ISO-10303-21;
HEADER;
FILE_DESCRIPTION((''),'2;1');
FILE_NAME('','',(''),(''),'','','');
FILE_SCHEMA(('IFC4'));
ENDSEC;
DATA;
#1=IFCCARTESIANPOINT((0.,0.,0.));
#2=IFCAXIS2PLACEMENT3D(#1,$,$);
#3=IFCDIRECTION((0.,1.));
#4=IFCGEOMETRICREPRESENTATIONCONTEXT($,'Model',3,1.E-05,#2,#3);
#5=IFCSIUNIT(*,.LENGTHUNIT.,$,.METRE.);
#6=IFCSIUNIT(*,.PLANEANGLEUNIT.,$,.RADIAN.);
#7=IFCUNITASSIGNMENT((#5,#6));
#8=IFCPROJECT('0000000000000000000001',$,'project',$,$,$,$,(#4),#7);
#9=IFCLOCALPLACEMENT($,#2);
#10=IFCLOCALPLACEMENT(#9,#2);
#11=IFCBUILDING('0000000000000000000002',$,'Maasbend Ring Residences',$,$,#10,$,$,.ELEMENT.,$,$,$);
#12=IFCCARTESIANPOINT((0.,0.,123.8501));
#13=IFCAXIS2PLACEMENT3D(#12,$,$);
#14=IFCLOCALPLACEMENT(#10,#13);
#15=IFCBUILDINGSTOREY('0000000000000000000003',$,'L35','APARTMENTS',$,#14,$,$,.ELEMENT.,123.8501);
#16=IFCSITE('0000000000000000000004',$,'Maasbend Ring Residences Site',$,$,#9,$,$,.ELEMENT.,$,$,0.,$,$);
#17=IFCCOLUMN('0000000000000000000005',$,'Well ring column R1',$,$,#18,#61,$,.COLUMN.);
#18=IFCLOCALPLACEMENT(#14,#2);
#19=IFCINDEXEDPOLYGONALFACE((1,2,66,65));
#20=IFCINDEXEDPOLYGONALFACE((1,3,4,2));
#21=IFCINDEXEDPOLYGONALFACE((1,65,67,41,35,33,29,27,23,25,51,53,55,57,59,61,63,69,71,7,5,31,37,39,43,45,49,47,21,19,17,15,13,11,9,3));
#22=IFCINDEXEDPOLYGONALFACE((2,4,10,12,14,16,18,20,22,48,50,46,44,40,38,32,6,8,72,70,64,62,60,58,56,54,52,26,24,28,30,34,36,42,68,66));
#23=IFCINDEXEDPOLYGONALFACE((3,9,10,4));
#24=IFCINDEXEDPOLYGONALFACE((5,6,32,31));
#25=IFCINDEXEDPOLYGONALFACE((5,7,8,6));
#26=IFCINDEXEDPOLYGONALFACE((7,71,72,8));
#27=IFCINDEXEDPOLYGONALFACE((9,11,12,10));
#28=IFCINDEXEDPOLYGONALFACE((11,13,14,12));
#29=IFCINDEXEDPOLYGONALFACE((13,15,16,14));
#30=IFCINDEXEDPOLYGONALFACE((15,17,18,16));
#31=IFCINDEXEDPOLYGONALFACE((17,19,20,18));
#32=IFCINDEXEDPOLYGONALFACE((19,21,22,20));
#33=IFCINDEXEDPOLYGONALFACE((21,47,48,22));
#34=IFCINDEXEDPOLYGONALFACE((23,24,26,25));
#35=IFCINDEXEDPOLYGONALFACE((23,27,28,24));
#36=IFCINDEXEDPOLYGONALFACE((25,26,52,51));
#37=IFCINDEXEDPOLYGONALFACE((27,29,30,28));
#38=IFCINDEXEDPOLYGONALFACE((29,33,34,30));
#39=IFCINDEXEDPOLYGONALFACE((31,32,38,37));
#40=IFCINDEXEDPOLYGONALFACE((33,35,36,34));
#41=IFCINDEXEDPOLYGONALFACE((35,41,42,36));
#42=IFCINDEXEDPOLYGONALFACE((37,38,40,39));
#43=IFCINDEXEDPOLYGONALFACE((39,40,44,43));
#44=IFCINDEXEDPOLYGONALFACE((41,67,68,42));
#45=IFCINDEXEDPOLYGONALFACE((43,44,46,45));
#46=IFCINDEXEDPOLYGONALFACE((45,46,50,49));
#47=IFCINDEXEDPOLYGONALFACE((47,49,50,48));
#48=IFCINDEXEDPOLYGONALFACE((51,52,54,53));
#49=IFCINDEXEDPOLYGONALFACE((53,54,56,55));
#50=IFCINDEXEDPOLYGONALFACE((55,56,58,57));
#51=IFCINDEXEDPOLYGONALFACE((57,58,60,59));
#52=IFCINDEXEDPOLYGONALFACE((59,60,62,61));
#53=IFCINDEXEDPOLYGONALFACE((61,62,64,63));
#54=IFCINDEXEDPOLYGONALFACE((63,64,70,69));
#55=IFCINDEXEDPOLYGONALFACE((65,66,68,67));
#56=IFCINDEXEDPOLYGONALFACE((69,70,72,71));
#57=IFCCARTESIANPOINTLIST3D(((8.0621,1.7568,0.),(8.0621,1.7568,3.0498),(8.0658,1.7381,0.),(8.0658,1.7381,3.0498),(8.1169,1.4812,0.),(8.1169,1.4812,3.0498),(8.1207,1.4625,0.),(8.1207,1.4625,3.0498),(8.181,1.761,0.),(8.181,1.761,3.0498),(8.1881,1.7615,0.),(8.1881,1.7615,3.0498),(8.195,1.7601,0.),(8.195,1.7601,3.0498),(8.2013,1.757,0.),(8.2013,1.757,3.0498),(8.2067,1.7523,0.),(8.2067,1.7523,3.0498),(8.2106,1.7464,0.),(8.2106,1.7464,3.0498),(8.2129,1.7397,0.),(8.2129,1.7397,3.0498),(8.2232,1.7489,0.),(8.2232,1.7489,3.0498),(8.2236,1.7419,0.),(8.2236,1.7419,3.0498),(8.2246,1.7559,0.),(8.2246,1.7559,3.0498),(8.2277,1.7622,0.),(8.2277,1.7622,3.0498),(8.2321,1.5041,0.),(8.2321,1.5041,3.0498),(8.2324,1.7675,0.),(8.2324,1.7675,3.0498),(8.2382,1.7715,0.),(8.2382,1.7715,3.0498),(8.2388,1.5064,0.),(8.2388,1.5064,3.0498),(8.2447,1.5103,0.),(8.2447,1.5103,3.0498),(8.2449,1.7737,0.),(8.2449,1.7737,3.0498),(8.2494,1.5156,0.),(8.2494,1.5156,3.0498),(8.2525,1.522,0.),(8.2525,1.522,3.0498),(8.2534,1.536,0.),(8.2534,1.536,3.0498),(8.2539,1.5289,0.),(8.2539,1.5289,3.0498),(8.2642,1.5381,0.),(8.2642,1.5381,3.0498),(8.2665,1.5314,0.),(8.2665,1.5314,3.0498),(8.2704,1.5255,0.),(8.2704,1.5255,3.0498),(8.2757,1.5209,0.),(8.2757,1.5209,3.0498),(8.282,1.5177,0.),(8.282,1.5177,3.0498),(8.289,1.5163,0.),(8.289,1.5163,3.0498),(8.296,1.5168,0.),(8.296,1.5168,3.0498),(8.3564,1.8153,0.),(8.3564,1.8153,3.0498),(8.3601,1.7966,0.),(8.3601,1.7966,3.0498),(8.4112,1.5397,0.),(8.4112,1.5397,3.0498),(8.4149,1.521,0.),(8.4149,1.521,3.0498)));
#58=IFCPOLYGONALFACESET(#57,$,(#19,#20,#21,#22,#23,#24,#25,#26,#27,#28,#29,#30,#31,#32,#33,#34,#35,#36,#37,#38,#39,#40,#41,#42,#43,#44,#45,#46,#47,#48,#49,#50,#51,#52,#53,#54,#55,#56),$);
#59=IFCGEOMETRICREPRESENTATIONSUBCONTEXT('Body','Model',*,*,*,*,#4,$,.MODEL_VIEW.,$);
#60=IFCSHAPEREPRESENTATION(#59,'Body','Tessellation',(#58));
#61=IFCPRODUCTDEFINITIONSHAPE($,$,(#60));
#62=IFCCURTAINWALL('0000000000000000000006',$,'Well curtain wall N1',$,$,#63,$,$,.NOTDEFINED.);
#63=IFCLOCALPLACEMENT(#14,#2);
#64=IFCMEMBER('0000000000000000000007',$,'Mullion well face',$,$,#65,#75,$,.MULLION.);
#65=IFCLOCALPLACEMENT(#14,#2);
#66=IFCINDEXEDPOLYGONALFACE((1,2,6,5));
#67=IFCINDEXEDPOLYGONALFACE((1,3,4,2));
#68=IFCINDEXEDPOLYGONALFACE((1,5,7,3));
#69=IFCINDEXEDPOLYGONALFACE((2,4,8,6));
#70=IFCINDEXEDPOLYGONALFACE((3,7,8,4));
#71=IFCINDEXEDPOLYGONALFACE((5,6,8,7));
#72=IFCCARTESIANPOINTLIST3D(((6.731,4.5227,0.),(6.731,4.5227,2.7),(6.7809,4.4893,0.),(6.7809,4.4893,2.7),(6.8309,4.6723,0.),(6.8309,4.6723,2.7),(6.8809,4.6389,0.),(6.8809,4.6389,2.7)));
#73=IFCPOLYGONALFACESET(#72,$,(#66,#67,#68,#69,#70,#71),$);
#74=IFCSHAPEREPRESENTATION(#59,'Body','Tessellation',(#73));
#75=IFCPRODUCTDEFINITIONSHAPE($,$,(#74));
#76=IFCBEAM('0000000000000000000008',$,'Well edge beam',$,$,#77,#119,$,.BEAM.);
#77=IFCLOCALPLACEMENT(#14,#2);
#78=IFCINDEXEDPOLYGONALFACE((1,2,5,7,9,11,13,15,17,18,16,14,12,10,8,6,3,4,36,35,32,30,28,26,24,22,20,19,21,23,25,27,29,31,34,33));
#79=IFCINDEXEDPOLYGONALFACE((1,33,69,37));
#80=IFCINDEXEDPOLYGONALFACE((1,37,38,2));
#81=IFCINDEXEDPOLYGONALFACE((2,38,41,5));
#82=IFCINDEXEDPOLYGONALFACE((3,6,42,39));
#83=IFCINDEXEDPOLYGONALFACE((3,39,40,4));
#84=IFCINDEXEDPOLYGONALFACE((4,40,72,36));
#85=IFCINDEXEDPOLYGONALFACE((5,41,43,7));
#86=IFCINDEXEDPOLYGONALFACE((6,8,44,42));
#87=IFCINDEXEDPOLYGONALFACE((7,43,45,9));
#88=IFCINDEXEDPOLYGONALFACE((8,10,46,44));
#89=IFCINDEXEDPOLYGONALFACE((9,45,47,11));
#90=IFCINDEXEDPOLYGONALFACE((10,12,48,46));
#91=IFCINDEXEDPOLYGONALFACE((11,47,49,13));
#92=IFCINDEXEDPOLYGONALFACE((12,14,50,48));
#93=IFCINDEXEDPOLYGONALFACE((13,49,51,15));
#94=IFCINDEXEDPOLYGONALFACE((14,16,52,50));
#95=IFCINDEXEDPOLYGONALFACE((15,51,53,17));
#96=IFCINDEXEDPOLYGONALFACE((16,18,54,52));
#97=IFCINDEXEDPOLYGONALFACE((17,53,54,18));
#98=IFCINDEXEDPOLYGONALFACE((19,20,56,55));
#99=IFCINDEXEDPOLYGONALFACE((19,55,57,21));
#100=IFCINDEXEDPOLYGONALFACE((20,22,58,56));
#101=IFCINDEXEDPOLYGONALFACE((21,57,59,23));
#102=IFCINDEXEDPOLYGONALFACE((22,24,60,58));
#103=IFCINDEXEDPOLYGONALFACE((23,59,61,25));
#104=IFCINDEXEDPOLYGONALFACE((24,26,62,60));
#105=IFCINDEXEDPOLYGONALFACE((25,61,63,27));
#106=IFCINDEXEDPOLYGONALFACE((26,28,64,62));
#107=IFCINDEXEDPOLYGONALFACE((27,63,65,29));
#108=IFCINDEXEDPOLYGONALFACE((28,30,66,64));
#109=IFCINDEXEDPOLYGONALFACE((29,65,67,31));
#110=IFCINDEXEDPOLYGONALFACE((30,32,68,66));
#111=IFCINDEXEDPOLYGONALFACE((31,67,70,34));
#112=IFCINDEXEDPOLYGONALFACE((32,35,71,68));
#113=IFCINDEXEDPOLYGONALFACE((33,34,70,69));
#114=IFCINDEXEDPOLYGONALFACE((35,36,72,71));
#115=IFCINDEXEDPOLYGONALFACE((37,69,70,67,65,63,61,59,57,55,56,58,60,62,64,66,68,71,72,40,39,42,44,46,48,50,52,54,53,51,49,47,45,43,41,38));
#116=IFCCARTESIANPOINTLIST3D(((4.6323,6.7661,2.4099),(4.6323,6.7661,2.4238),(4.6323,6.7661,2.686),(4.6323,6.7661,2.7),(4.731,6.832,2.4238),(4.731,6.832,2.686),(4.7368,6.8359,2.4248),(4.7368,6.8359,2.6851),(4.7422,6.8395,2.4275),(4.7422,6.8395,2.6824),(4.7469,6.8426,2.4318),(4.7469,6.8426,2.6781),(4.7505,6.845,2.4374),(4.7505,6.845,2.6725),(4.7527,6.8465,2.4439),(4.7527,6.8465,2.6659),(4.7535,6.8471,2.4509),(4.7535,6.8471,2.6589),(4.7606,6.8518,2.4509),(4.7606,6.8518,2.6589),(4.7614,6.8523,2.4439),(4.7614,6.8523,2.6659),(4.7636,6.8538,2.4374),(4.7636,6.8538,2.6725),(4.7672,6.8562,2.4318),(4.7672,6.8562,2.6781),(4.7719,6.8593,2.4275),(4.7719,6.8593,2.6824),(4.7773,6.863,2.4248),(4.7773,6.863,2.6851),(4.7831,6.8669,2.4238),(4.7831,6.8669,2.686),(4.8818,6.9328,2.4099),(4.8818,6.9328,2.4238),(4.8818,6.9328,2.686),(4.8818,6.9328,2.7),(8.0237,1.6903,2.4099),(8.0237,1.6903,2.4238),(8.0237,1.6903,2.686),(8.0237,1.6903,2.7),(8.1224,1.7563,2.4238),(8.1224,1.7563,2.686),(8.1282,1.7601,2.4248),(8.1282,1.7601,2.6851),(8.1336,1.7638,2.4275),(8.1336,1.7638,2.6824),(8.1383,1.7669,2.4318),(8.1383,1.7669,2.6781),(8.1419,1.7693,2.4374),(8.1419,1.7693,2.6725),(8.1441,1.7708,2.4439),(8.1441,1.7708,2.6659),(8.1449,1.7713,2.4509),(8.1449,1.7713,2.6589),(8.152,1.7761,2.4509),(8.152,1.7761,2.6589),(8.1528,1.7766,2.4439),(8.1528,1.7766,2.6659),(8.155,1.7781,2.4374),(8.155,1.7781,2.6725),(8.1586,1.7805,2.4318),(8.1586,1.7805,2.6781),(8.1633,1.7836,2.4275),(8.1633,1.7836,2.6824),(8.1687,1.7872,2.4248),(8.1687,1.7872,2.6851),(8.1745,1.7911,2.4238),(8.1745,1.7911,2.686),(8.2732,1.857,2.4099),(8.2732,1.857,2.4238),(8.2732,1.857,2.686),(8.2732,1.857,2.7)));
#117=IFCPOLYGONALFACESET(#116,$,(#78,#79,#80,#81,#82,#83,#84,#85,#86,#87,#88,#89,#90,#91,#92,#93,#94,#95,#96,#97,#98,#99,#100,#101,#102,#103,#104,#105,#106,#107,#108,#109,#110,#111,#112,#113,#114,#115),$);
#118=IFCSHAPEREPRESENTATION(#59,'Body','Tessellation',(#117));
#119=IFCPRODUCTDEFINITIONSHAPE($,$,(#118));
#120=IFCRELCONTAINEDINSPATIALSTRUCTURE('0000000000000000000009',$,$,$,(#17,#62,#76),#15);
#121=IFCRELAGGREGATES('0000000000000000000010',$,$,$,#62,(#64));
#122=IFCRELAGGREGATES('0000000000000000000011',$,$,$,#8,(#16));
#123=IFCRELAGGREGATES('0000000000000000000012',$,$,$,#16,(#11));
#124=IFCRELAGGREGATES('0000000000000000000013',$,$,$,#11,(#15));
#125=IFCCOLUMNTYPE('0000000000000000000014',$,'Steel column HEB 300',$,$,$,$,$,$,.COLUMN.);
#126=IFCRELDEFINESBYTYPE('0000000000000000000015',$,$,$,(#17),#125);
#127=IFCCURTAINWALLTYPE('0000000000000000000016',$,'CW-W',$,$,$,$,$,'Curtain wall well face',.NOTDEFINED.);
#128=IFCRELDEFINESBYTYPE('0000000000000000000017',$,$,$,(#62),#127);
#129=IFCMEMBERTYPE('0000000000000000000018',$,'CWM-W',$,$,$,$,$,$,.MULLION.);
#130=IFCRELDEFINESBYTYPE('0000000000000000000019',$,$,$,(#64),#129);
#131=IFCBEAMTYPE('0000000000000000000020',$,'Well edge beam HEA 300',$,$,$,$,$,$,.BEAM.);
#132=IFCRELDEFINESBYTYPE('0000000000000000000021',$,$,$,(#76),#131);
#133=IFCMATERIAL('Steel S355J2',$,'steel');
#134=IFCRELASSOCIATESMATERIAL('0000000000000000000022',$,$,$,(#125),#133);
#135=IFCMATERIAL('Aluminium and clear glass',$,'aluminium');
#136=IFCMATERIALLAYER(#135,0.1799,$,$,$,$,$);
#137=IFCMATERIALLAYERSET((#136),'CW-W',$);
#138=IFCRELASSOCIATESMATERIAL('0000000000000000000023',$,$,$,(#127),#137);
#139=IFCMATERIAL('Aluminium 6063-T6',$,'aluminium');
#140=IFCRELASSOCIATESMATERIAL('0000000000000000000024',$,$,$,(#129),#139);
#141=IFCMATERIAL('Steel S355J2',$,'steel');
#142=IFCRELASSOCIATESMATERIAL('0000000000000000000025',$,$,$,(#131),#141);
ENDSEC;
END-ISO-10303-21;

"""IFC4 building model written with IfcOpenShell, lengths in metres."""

from ifc_helpers import new_model, si_unit, direction, frame, origin, origin_2d, place, context, subcontext, project, spatial, rectangle, i_section, extrude, material, layer, layer_set, material_profile, profile_set, type_object, element, aggregate, save


model = new_model("IFC4")

# Units and contexts
model_context = context("Model", 3, precision=1e-05, world=origin(), true_north=direction((0.0, 1.0)))
body_context = subcontext(model_context, "Body", "Model", "MODEL_VIEW")
ifc_project = project(units=[si_unit("LENGTHUNIT", "METRE"), si_unit("PLANEANGLEUNIT", "RADIAN")], contexts=[model_context])

# Site, building, storey
site_placement = place(None, origin())
site = spatial("IfcSite", under=ifc_project, at=site_placement, Name="Maasbend Ring Residences Site", CompositionType="ELEMENT", RefElevation=0.0)
building_placement = place(site_placement, origin())
building = spatial("IfcBuilding", under=site, at=building_placement, Name="Maasbend Ring Residences", CompositionType="ELEMENT")
storey_placement = place(building_placement, frame((0.0, 0.0, 123.8501)))
storey = spatial("IfcBuildingStorey", under=building, at=storey_placement, Name="L35", Description="APARTMENTS", CompositionType="ELEMENT", Elevation=123.8501)

# Column
ifc_material_1 = material(Name="Steel S355J2", Category="steel")
ifc_material_profile_1 = material_profile(ifc_material_1, i_section(OverallWidth=0.3, OverallDepth=0.3, WebThickness=0.011, FlangeThickness=0.019, FilletRadius=0.0271, at=origin_2d()), Name="HEB 300")
ifc_profile_set_1 = profile_set([ifc_material_profile_1], Name="Steel S355J2")
column_type = type_object("IfcColumnType", Name="Steel column HEB 300", PredefinedType="COLUMN", material=ifc_profile_set_1)
column_placement = place(storey_placement, frame((8.2385, 1.6389, 0.0), z_axis=(0.0, 0.0, 1.0), x_axis=(0.980785, 0.19509, 0.0)))
element("IfcColumn", 1, at=column_placement, inside=storey, type_object=column_type, Name="Well ring column R1", PredefinedType="COLUMN", context=body_context, shape_type="SweptSolid", body=[
    extrude(i_section(OverallWidth=0.3, OverallDepth=0.3, WebThickness=0.011, FlangeThickness=0.019, FilletRadius=0.0271, at=origin_2d()), origin(), (0.0, 0.0, 1.0), 3.0498),
])

# Curtain wall, member
ifc_material_2 = material(Name="Aluminium and clear glass", Category="aluminium")
ifc_layer_1 = layer(ifc_material_2, 0.1799)
ifc_layer_set_1 = layer_set([ifc_layer_1], Name="CW-W")
curtain_wall_type = type_object("IfcCurtainWallType", Name="CW-W", ElementType="Curtain wall well face", PredefinedType="NOTDEFINED", material=ifc_layer_set_1)
curtain_wall_placement = place(storey_placement, origin())
curtain_wall = element("IfcCurtainWall", 2, at=curtain_wall_placement, inside=storey, type_object=curtain_wall_type, Name="Well curtain wall N1", PredefinedType="NOTDEFINED")
ifc_material_3 = material(Name="Aluminium 6063-T6", Category="aluminium")
ifc_material_profile_2 = material_profile(ifc_material_3, rectangle(XDim=0.1799, YDim=0.0601, at=origin_2d()), Name="AL 180x60")
ifc_profile_set_2 = profile_set([ifc_material_profile_2], Name="Aluminium 6063-T6")
member_type = type_object("IfcMemberType", Name="CWM-W", PredefinedType="MULLION", material=ifc_profile_set_2)
member_placement = place(storey_placement, frame((6.8059, 4.5808, 0.0), z_axis=(0.0, 0.0, 1.0), x_axis=(-0.55557, -0.83147, 0.0)))
member = element("IfcMember", 3, at=member_placement, type_object=member_type, Name="Mullion well face", PredefinedType="MULLION", context=body_context, shape_type="SweptSolid", body=[
    extrude(rectangle(XDim=0.1799, YDim=0.0601, at=origin_2d()), origin(), (0.0, 0.0, 1.0), 2.7),
])
aggregate(curtain_wall, [member])

# Beam
ifc_material_4 = material(Name="Steel S355J2", Category="steel")
ifc_material_profile_3 = material_profile(ifc_material_4, i_section(OverallWidth=0.3, OverallDepth=0.29, WebThickness=0.0085, FlangeThickness=0.0139, FilletRadius=0.0271, at=origin_2d()), Name="HEA 300")
ifc_profile_set_3 = profile_set([ifc_material_profile_3], Name="Steel S355J2")
beam_type = type_object("IfcBeamType", Name="Well edge beam HEA 300", PredefinedType="BEAM", material=ifc_profile_set_3)
beam_placement = place(storey_placement, frame((8.1484, 1.7737, 2.5549), z_axis=(-0.555558, 0.831478, 0.0), x_axis=(-0.831478, -0.555558, 0.0)))
element("IfcBeam", 4, at=beam_placement, inside=storey, type_object=beam_type, Name="Well edge beam", PredefinedType="BEAM", context=body_context, shape_type="SweptSolid", body=[
    extrude(i_section(OverallWidth=0.3, OverallDepth=0.29, WebThickness=0.0085, FlangeThickness=0.0139, FilletRadius=0.0271, at=origin_2d()), origin(), (0.0, 0.0, 1.0), 6.1045),
])

save(model, "model.ifc")
